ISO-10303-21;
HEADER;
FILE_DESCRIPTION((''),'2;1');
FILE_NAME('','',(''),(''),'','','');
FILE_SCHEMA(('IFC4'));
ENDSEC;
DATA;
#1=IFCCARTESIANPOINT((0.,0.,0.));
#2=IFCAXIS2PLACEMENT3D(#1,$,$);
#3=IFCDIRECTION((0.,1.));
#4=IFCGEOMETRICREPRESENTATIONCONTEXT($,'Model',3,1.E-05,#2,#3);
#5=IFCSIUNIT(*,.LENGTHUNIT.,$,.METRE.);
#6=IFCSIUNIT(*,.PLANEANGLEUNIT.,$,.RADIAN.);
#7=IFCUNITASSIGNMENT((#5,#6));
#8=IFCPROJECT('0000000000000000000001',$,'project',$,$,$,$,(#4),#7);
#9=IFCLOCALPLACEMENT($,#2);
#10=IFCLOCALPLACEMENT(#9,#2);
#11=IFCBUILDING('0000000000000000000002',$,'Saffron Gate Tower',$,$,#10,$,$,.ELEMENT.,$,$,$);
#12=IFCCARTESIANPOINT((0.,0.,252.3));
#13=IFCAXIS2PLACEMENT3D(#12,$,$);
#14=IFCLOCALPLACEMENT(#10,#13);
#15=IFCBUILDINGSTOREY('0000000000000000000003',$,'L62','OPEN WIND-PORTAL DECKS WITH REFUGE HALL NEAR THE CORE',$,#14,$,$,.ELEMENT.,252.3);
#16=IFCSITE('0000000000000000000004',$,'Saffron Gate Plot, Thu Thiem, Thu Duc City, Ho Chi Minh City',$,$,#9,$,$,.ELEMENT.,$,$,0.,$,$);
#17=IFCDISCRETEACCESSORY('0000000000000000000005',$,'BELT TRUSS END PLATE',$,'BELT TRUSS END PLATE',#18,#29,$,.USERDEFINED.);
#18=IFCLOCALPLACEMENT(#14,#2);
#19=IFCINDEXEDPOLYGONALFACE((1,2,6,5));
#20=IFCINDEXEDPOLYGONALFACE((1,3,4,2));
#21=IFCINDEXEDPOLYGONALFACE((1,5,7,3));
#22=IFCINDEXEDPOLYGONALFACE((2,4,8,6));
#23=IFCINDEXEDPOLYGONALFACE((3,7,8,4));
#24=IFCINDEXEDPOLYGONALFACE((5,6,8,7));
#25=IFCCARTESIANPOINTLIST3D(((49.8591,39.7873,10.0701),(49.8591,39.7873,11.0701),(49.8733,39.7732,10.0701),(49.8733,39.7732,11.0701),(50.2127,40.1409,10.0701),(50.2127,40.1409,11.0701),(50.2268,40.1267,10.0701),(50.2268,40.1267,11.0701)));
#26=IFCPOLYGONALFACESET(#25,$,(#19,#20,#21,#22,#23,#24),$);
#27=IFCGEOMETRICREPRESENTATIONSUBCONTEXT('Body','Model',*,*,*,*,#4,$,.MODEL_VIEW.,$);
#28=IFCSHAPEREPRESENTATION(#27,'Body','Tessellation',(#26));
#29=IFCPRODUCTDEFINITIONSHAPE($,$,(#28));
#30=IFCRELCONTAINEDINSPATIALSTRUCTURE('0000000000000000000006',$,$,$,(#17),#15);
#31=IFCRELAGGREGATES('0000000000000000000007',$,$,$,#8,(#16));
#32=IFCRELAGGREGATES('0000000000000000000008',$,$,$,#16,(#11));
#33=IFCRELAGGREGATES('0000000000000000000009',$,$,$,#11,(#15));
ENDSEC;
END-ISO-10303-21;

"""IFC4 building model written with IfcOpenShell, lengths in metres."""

from ifc_helpers import new_model, si_unit, direction, frame, origin, origin_2d, place, context, subcontext, project, spatial, rectangle, extrude, element, save


model = new_model("IFC4")

# Units and contexts
model_context = context("Model", 3, precision=1e-05, world=origin(), true_north=direction((0.0, 1.0)))
body_context = subcontext(model_context, "Body", "Model", "MODEL_VIEW")
ifc_project = project(units=[si_unit("LENGTHUNIT", "METRE"), si_unit("PLANEANGLEUNIT", "RADIAN")], contexts=[model_context])

# Site, building, storey
site_placement = place(None, origin())
site = spatial("IfcSite", under=ifc_project, at=site_placement, Name="Saffron Gate Plot, Thu Thiem, Thu Duc City, Ho Chi Minh City", CompositionType="ELEMENT", RefElevation=0.0)
building_placement = place(site_placement, origin())
building = spatial("IfcBuilding", under=site, at=building_placement, Name="Saffron Gate Tower", CompositionType="ELEMENT")
storey_placement = place(building_placement, frame((0.0, 0.0, 252.3)))
storey = spatial("IfcBuildingStorey", under=building, at=storey_placement, Name="L62", Description="OPEN WIND-PORTAL DECKS WITH REFUGE HALL NEAR THE CORE", CompositionType="ELEMENT", Elevation=252.3)

# Discrete accessory
discrete_accessory_placement = place(storey_placement, frame((50.043, 39.957, 10.0701), z_axis=(0.0, 0.0, 1.0), x_axis=(-0.707107, 0.707107, 0.0)))
element("IfcDiscreteAccessory", 1, at=discrete_accessory_placement, inside=storey, Name="BELT TRUSS END PLATE", ObjectType="BELT TRUSS END PLATE", PredefinedType="USERDEFINED", context=body_context, shape_type="SweptSolid", body=[
    extrude(rectangle(XDim=0.02, YDim=0.5, at=origin_2d()), origin(), (0.0, 0.0, 1.0), 1.0),
])

save(model, "model.ifc")
